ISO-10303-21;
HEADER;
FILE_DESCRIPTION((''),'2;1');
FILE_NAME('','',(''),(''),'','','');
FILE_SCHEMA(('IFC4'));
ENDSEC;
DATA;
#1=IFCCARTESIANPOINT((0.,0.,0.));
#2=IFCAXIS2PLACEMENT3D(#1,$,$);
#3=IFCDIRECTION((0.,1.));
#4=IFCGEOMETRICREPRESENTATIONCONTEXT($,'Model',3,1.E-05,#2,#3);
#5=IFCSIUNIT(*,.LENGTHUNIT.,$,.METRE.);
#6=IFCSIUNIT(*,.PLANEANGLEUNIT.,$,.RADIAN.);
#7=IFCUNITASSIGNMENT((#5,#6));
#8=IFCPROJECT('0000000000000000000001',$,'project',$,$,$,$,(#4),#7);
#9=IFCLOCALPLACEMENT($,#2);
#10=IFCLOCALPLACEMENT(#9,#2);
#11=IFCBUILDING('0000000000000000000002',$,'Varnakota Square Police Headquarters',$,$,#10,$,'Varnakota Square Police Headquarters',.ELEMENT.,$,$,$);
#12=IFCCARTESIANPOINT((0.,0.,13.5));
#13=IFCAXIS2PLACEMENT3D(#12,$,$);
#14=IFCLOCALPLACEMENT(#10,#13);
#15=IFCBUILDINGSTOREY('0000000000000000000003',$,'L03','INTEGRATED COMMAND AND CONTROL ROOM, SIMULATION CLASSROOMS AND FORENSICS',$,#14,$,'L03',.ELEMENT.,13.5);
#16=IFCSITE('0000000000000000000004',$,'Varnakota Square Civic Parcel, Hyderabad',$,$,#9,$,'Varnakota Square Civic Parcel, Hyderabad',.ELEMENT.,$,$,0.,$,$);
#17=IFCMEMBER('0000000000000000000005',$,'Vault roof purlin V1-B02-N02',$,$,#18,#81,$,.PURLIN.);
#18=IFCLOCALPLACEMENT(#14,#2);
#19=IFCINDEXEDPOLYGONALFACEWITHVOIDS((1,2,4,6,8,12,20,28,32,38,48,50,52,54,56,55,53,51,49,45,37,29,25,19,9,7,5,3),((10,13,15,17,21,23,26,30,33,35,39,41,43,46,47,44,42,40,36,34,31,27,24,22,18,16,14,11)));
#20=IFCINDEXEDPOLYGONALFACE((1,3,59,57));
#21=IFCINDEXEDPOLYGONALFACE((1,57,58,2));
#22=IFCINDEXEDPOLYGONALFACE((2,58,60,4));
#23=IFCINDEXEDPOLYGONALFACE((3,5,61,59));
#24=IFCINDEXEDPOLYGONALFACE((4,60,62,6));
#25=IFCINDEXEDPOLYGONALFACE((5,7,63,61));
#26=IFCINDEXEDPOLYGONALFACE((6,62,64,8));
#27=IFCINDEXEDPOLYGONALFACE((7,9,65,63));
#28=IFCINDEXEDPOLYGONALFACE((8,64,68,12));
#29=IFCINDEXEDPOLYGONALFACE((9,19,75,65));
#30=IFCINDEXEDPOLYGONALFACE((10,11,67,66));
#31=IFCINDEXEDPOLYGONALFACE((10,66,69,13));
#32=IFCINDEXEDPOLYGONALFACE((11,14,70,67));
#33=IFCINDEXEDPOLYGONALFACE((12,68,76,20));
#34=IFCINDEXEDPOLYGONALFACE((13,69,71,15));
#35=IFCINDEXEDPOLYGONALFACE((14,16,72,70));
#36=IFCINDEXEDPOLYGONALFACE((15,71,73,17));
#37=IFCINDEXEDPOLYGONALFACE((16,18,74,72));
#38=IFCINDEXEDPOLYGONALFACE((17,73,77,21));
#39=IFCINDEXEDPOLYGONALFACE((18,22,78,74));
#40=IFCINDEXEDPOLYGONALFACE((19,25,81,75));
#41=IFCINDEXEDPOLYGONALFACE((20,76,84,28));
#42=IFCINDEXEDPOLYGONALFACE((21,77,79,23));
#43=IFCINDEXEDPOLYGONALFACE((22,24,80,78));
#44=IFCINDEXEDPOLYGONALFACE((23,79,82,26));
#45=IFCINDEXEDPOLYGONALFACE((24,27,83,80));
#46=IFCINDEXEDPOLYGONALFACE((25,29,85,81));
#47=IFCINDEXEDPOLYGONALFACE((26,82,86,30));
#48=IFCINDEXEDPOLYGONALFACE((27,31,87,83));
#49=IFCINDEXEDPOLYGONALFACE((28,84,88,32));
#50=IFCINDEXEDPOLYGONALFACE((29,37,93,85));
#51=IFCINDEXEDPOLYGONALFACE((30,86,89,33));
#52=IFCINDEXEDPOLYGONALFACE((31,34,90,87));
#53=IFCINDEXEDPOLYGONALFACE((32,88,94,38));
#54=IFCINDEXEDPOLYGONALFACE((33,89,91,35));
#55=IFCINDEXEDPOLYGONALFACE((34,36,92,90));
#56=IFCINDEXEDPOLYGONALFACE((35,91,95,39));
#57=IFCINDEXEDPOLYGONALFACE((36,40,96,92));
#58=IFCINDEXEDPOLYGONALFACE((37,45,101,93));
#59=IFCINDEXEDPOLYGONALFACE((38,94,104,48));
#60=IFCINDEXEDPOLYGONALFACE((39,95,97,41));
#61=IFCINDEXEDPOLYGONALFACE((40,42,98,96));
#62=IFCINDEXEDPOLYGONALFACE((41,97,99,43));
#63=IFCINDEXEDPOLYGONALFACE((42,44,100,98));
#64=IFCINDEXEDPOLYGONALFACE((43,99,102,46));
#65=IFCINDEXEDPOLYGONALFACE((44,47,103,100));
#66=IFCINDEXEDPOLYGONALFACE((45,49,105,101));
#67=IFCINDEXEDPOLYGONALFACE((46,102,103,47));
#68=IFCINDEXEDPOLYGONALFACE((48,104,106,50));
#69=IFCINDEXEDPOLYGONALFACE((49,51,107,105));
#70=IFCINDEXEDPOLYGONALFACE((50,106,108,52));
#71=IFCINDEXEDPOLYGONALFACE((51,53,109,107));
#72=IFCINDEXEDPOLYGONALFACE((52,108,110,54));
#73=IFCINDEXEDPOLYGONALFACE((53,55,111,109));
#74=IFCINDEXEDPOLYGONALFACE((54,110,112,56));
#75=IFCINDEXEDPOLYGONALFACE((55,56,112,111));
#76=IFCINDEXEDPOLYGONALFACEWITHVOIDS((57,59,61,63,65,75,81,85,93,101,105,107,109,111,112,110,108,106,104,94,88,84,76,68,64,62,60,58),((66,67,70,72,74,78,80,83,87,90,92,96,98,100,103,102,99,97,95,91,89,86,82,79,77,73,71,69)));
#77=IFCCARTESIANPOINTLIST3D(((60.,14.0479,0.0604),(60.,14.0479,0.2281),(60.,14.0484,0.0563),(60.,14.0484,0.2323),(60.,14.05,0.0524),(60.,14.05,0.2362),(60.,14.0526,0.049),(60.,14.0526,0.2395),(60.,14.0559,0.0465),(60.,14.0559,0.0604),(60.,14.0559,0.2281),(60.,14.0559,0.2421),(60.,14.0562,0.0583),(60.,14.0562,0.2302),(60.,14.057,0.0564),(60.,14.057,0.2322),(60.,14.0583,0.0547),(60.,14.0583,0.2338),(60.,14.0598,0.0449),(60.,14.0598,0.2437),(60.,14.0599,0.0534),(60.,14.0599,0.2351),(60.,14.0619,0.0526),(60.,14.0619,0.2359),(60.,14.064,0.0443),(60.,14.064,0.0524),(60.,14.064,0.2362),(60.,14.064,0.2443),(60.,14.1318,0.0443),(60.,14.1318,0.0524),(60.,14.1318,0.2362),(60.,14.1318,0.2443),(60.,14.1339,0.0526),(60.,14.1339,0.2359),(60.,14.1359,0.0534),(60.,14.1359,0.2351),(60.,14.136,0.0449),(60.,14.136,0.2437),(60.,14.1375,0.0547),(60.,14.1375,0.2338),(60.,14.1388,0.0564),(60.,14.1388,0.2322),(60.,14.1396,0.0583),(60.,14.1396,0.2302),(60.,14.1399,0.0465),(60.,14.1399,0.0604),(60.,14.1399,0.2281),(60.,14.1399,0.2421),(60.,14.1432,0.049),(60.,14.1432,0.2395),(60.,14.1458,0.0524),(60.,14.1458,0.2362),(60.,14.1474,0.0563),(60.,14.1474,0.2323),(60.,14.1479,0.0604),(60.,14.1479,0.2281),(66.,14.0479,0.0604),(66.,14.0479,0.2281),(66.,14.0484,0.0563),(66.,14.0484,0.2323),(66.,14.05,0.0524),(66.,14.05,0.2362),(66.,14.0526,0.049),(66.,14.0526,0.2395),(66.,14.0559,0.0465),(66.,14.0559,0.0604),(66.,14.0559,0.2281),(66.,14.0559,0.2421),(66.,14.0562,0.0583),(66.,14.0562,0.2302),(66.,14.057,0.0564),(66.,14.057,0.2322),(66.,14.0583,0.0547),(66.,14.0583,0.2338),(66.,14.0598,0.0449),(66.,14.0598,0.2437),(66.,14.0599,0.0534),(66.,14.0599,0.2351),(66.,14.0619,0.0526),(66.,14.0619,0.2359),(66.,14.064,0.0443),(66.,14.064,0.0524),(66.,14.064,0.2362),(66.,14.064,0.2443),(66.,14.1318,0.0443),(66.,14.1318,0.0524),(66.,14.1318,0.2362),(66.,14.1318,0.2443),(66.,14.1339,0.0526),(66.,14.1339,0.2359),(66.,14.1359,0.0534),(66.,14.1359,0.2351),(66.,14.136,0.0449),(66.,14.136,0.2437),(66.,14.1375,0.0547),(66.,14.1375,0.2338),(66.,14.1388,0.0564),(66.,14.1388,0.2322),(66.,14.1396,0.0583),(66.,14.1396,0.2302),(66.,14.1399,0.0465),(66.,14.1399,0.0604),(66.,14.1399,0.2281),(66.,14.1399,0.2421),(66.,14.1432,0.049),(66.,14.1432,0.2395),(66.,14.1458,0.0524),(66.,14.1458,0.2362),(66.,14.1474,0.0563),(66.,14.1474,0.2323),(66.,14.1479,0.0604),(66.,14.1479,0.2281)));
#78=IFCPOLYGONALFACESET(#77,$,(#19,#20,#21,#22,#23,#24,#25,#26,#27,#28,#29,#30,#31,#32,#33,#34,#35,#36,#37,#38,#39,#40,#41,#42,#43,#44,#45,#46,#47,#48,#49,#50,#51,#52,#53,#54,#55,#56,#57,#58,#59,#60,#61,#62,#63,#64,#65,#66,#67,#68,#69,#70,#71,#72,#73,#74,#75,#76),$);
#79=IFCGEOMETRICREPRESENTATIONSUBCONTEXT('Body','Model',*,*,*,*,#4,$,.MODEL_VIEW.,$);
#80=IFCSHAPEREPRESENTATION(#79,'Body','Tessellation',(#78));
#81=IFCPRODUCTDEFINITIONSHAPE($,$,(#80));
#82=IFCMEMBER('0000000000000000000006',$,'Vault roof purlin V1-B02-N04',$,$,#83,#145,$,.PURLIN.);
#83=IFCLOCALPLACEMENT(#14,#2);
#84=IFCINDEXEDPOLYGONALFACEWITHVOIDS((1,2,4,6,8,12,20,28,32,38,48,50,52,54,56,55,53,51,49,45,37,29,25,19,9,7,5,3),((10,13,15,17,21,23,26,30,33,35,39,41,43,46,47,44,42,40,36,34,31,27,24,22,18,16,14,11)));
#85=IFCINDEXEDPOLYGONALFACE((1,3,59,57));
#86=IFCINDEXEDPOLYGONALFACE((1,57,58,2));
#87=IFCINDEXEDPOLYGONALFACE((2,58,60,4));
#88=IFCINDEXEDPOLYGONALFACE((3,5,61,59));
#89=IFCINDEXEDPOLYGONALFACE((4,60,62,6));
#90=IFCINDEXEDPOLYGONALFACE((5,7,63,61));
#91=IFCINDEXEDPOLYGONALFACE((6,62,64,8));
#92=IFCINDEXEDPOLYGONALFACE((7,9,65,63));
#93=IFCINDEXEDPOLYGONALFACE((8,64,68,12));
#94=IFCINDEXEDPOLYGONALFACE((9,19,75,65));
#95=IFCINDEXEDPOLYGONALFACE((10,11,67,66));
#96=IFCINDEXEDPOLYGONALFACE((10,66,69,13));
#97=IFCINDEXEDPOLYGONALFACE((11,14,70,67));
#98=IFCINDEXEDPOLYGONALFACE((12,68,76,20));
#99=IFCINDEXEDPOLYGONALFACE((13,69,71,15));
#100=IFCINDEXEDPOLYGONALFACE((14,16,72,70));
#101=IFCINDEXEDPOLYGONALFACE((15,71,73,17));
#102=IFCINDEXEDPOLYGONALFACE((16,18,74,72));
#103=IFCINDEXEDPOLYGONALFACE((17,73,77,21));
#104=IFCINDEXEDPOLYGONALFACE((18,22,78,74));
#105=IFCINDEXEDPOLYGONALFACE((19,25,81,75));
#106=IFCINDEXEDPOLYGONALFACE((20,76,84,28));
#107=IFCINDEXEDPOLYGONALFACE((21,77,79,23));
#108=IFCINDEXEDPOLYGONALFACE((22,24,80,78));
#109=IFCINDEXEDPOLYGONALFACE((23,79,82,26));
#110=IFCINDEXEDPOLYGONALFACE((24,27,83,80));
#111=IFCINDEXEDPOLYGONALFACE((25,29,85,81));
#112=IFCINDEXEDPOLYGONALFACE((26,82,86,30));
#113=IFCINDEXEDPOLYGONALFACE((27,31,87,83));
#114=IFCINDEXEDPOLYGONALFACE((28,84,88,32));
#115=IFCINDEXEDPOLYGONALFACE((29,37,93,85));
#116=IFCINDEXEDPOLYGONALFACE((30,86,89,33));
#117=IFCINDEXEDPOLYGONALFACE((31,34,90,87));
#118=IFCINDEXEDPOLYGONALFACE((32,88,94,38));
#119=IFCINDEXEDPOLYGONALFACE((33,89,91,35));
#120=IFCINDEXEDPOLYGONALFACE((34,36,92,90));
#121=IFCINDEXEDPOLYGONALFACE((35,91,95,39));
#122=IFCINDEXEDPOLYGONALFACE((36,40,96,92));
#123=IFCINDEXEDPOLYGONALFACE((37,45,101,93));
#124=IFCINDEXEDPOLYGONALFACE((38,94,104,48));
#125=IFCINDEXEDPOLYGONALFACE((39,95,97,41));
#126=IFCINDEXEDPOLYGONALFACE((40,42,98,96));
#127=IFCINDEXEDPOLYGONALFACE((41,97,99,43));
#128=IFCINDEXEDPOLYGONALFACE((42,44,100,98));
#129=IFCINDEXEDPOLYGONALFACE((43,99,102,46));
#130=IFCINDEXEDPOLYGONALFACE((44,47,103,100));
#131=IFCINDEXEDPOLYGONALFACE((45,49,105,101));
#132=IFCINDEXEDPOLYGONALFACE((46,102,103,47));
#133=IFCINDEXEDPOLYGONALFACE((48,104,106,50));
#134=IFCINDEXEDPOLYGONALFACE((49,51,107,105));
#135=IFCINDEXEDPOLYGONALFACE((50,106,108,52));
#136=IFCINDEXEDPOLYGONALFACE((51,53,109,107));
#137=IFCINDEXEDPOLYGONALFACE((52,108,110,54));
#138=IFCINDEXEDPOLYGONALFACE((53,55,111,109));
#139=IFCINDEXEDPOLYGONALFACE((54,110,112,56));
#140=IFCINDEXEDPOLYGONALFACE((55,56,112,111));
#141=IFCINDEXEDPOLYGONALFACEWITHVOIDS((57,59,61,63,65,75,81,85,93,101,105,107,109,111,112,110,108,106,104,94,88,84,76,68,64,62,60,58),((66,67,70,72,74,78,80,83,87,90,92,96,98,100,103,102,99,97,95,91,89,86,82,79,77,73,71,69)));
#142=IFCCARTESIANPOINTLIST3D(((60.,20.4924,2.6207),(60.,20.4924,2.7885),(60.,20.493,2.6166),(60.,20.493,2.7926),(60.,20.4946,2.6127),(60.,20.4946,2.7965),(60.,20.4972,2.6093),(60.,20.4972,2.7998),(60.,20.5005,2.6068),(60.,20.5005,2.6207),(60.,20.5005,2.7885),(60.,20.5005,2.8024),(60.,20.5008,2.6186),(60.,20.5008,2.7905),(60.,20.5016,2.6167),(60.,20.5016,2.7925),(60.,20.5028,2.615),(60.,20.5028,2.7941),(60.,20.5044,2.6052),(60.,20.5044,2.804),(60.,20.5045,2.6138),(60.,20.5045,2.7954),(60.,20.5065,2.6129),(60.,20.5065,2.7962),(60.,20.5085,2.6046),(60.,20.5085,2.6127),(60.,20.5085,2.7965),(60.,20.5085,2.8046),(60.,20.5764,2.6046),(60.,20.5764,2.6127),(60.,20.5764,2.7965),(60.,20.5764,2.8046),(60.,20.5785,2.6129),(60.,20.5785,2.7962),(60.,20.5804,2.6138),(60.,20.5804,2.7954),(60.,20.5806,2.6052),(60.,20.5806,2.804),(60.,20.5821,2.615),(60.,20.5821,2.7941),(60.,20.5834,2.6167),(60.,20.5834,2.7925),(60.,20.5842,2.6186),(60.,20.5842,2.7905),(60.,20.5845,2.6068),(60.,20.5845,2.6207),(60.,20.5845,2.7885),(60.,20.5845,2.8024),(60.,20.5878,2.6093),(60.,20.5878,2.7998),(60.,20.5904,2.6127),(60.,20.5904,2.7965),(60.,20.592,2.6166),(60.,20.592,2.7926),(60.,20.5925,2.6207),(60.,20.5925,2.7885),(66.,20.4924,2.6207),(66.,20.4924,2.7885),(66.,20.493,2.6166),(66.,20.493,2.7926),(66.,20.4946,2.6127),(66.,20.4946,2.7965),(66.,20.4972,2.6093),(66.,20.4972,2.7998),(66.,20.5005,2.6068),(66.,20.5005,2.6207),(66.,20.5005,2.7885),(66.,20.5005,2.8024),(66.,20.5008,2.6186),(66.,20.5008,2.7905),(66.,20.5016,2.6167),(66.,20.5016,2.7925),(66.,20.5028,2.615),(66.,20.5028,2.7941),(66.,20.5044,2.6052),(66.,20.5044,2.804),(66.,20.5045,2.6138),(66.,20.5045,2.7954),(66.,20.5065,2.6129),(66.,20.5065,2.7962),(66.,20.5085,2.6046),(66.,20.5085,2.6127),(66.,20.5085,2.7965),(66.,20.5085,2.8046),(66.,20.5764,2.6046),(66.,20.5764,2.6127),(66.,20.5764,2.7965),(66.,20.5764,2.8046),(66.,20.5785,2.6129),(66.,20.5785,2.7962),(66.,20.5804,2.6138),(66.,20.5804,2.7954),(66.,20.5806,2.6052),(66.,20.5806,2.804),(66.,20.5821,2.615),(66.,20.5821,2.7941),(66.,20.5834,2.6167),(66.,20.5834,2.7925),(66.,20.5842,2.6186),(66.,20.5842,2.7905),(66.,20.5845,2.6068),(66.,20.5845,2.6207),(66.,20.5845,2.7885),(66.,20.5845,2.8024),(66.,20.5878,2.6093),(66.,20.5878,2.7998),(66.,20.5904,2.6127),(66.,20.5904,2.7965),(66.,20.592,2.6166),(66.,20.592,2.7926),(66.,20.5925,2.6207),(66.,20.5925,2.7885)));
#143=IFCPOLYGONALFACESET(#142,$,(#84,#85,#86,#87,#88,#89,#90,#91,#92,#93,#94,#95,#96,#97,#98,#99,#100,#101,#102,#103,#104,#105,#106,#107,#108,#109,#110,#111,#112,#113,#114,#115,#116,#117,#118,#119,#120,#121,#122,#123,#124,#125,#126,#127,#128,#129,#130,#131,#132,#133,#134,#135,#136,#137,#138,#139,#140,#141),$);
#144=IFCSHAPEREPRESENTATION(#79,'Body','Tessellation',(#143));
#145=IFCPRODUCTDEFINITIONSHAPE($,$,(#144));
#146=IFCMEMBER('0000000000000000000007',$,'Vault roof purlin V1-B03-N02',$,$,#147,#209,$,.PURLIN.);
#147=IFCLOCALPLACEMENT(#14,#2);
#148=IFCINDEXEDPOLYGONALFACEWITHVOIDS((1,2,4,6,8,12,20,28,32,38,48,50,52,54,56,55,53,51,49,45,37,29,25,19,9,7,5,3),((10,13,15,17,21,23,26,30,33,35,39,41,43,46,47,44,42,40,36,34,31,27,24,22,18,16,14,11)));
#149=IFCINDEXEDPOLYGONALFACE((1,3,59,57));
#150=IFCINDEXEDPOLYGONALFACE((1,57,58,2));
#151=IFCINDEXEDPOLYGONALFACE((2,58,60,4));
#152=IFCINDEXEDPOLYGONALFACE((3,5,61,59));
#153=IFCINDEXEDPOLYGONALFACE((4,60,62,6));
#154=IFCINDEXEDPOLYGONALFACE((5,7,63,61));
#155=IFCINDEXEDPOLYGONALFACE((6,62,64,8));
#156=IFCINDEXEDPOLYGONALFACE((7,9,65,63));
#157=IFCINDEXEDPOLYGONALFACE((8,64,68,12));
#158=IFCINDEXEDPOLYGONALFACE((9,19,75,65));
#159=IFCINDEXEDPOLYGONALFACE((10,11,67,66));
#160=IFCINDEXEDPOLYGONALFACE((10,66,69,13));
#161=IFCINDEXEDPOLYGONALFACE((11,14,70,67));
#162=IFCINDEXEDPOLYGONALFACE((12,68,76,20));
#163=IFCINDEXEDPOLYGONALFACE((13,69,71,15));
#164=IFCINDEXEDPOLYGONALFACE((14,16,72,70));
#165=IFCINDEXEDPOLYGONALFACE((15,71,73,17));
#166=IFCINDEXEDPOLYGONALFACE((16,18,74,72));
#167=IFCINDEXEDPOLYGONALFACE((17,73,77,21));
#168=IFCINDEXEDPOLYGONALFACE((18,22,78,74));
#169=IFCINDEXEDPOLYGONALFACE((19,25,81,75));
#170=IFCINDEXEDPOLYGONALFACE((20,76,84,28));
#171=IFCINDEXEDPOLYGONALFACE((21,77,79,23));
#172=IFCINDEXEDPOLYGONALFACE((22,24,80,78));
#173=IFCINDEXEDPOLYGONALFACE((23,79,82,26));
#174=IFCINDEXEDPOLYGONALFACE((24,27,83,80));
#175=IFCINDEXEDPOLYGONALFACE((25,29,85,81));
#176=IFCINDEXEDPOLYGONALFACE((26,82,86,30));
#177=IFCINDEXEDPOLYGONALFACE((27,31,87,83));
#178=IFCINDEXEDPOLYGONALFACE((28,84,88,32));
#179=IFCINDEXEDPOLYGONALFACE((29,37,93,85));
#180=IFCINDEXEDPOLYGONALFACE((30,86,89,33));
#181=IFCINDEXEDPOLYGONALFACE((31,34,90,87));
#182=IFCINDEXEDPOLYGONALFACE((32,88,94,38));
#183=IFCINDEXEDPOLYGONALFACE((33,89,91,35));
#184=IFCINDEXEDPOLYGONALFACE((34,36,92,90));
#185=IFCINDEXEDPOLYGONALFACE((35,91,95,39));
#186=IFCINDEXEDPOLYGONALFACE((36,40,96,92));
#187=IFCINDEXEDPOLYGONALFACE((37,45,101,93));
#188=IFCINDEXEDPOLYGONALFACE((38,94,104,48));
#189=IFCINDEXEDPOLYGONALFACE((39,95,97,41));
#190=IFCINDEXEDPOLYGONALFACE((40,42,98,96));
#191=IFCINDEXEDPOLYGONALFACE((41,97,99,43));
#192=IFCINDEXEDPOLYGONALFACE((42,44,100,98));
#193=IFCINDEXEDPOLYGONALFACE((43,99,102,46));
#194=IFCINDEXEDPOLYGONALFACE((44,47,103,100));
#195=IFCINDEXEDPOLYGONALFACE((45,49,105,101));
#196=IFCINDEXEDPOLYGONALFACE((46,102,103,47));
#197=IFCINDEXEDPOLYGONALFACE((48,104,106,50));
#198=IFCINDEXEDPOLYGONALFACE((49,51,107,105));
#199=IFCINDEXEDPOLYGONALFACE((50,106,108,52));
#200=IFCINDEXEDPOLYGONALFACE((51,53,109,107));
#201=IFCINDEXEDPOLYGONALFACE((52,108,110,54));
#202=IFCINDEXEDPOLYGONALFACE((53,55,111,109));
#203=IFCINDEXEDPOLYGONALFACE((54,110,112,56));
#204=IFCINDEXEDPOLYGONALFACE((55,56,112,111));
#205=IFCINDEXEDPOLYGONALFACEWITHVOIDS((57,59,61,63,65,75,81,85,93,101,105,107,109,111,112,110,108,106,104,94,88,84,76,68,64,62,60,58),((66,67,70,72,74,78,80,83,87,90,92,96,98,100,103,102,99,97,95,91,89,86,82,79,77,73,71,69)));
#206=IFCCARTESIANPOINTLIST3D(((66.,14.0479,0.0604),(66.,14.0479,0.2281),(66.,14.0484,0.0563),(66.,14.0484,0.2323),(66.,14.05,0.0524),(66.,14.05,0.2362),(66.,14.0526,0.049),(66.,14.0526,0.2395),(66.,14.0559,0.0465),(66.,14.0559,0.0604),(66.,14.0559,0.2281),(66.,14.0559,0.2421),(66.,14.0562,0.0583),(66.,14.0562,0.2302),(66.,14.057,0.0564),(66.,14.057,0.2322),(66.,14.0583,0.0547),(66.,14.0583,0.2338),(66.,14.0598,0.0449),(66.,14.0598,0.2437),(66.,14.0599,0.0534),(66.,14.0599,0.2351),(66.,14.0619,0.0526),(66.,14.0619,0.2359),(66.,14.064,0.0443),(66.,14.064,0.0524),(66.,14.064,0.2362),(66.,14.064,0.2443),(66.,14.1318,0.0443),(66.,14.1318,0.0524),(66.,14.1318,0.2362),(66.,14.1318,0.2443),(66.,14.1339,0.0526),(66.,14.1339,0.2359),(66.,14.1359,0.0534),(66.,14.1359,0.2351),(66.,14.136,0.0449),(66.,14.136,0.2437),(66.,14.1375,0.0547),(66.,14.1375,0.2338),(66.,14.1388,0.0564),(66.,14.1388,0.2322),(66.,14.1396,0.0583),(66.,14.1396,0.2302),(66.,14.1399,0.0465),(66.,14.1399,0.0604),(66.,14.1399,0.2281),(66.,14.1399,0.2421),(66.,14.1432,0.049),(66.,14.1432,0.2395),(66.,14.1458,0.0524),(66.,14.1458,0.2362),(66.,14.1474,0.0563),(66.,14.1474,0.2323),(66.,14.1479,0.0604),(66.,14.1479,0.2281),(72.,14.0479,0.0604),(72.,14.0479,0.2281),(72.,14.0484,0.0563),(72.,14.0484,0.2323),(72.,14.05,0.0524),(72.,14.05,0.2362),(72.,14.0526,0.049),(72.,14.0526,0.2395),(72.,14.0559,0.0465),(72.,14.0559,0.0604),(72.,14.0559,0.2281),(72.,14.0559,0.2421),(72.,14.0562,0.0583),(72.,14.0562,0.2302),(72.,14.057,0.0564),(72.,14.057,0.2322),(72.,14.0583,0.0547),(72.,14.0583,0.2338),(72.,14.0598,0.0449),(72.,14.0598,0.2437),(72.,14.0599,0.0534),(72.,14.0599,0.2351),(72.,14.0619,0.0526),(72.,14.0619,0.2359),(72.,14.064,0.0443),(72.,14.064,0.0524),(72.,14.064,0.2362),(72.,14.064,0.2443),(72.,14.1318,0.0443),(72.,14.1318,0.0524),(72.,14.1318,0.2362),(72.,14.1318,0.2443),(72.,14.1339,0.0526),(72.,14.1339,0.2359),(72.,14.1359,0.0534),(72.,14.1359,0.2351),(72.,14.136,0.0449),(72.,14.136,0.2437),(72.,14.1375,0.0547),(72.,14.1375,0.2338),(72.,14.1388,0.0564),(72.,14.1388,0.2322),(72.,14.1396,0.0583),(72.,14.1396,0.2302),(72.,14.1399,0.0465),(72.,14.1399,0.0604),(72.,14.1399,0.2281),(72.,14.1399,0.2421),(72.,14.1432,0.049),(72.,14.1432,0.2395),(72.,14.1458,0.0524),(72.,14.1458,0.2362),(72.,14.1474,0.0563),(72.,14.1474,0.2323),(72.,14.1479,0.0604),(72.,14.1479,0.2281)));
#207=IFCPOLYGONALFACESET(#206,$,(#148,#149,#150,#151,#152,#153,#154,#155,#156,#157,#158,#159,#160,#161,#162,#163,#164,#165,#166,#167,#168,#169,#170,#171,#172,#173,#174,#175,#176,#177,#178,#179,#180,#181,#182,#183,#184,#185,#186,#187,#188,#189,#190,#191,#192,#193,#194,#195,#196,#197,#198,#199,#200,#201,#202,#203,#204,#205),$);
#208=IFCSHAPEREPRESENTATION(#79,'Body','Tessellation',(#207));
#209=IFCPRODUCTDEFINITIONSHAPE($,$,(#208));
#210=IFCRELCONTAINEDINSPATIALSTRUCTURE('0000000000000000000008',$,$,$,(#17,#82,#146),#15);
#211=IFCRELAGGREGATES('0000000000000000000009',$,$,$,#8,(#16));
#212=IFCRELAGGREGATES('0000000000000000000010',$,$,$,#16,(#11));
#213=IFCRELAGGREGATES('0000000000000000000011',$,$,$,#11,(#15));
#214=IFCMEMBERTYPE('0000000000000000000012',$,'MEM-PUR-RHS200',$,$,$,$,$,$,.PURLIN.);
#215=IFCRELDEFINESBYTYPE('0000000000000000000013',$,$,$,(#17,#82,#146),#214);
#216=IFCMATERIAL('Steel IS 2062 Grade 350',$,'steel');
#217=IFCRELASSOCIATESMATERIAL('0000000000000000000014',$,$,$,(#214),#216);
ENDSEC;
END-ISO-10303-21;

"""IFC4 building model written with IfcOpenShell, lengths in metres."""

from ifc_helpers import new_model, si_unit, direction, frame, origin, origin_2d, place, context, subcontext, project, spatial, hollow_rectangle, extrude, material, material_profile, profile_set, type_object, element, save


model = new_model("IFC4")

# Units and contexts
model_context = context("Model", 3, precision=1e-05, world=origin(), true_north=direction((0.0, 1.0)))
body_context = subcontext(model_context, "Body", "Model", "MODEL_VIEW")
ifc_project = project(units=[si_unit("LENGTHUNIT", "METRE"), si_unit("PLANEANGLEUNIT", "RADIAN")], contexts=[model_context])

# Site, building, storey
site_placement = place(None, origin())
site = spatial("IfcSite", under=ifc_project, at=site_placement, Name="Varnakota Square Civic Parcel, Hyderabad", LongName="Varnakota Square Civic Parcel, Hyderabad", CompositionType="ELEMENT", RefElevation=0.0)
building_placement = place(site_placement, origin())
building = spatial("IfcBuilding", under=site, at=building_placement, Name="Varnakota Square Police Headquarters", LongName="Varnakota Square Police Headquarters", CompositionType="ELEMENT")
storey_placement = place(building_placement, frame((0.0, 0.0, 13.5)))
storey = spatial("IfcBuildingStorey", under=building, at=storey_placement, Name="L03", Description="INTEGRATED COMMAND AND CONTROL ROOM, SIMULATION CLASSROOMS AND FORENSICS", LongName="L03", CompositionType="ELEMENT", Elevation=13.5)

# Shared definitions
ifc_material_1 = material(Name="Steel IS 2062 Grade 350", Category="steel")

# Members
ifc_material_profile_1 = material_profile(ifc_material_1, hollow_rectangle(XDim=0.1001, YDim=0.2, WallThickness=0.0081, InnerFilletRadius=0.0081, OuterFilletRadius=0.0161, at=origin_2d()), Name="RHS 200x100x8")
ifc_profile_set_1 = profile_set([ifc_material_profile_1], Name="Steel IS 2062 Grade 350")
member_type_1 = type_object("IfcMemberType", Name="MEM-PUR-RHS200", PredefinedType="PURLIN", material=ifc_profile_set_1)
for number, where, z_axis, x_axis, name in (
    (1, (60.0, 14.0979, 0.1443), (1.0, 0.0, 0.0), (0.0, 1.0, 0.0), "Vault roof purlin V1-B02-N02"),
    (2, (60.0, 20.5425, 2.7046), (1.0, 0.0, 0.0), (0.0, 1.0, 0.0), "Vault roof purlin V1-B02-N04"),
    (3, (66.0, 14.0979, 0.1443), (1.0, 0.0, 0.0), (0.0, 1.0, 0.0), "Vault roof purlin V1-B03-N02"),
):
    element("IfcMember", number, at=place(storey_placement, frame(where, z_axis=z_axis, x_axis=x_axis)), inside=storey, type_object=member_type_1, Name=name, PredefinedType="PURLIN", context=body_context, shape_type="SweptSolid", body=[
        extrude(hollow_rectangle(XDim=0.1001, YDim=0.2, WallThickness=0.0081, InnerFilletRadius=0.0081, OuterFilletRadius=0.0161, at=origin_2d()), origin(), (0.0, 0.0, 1.0), 6.0),
    ])

save(model, "model.ifc")
